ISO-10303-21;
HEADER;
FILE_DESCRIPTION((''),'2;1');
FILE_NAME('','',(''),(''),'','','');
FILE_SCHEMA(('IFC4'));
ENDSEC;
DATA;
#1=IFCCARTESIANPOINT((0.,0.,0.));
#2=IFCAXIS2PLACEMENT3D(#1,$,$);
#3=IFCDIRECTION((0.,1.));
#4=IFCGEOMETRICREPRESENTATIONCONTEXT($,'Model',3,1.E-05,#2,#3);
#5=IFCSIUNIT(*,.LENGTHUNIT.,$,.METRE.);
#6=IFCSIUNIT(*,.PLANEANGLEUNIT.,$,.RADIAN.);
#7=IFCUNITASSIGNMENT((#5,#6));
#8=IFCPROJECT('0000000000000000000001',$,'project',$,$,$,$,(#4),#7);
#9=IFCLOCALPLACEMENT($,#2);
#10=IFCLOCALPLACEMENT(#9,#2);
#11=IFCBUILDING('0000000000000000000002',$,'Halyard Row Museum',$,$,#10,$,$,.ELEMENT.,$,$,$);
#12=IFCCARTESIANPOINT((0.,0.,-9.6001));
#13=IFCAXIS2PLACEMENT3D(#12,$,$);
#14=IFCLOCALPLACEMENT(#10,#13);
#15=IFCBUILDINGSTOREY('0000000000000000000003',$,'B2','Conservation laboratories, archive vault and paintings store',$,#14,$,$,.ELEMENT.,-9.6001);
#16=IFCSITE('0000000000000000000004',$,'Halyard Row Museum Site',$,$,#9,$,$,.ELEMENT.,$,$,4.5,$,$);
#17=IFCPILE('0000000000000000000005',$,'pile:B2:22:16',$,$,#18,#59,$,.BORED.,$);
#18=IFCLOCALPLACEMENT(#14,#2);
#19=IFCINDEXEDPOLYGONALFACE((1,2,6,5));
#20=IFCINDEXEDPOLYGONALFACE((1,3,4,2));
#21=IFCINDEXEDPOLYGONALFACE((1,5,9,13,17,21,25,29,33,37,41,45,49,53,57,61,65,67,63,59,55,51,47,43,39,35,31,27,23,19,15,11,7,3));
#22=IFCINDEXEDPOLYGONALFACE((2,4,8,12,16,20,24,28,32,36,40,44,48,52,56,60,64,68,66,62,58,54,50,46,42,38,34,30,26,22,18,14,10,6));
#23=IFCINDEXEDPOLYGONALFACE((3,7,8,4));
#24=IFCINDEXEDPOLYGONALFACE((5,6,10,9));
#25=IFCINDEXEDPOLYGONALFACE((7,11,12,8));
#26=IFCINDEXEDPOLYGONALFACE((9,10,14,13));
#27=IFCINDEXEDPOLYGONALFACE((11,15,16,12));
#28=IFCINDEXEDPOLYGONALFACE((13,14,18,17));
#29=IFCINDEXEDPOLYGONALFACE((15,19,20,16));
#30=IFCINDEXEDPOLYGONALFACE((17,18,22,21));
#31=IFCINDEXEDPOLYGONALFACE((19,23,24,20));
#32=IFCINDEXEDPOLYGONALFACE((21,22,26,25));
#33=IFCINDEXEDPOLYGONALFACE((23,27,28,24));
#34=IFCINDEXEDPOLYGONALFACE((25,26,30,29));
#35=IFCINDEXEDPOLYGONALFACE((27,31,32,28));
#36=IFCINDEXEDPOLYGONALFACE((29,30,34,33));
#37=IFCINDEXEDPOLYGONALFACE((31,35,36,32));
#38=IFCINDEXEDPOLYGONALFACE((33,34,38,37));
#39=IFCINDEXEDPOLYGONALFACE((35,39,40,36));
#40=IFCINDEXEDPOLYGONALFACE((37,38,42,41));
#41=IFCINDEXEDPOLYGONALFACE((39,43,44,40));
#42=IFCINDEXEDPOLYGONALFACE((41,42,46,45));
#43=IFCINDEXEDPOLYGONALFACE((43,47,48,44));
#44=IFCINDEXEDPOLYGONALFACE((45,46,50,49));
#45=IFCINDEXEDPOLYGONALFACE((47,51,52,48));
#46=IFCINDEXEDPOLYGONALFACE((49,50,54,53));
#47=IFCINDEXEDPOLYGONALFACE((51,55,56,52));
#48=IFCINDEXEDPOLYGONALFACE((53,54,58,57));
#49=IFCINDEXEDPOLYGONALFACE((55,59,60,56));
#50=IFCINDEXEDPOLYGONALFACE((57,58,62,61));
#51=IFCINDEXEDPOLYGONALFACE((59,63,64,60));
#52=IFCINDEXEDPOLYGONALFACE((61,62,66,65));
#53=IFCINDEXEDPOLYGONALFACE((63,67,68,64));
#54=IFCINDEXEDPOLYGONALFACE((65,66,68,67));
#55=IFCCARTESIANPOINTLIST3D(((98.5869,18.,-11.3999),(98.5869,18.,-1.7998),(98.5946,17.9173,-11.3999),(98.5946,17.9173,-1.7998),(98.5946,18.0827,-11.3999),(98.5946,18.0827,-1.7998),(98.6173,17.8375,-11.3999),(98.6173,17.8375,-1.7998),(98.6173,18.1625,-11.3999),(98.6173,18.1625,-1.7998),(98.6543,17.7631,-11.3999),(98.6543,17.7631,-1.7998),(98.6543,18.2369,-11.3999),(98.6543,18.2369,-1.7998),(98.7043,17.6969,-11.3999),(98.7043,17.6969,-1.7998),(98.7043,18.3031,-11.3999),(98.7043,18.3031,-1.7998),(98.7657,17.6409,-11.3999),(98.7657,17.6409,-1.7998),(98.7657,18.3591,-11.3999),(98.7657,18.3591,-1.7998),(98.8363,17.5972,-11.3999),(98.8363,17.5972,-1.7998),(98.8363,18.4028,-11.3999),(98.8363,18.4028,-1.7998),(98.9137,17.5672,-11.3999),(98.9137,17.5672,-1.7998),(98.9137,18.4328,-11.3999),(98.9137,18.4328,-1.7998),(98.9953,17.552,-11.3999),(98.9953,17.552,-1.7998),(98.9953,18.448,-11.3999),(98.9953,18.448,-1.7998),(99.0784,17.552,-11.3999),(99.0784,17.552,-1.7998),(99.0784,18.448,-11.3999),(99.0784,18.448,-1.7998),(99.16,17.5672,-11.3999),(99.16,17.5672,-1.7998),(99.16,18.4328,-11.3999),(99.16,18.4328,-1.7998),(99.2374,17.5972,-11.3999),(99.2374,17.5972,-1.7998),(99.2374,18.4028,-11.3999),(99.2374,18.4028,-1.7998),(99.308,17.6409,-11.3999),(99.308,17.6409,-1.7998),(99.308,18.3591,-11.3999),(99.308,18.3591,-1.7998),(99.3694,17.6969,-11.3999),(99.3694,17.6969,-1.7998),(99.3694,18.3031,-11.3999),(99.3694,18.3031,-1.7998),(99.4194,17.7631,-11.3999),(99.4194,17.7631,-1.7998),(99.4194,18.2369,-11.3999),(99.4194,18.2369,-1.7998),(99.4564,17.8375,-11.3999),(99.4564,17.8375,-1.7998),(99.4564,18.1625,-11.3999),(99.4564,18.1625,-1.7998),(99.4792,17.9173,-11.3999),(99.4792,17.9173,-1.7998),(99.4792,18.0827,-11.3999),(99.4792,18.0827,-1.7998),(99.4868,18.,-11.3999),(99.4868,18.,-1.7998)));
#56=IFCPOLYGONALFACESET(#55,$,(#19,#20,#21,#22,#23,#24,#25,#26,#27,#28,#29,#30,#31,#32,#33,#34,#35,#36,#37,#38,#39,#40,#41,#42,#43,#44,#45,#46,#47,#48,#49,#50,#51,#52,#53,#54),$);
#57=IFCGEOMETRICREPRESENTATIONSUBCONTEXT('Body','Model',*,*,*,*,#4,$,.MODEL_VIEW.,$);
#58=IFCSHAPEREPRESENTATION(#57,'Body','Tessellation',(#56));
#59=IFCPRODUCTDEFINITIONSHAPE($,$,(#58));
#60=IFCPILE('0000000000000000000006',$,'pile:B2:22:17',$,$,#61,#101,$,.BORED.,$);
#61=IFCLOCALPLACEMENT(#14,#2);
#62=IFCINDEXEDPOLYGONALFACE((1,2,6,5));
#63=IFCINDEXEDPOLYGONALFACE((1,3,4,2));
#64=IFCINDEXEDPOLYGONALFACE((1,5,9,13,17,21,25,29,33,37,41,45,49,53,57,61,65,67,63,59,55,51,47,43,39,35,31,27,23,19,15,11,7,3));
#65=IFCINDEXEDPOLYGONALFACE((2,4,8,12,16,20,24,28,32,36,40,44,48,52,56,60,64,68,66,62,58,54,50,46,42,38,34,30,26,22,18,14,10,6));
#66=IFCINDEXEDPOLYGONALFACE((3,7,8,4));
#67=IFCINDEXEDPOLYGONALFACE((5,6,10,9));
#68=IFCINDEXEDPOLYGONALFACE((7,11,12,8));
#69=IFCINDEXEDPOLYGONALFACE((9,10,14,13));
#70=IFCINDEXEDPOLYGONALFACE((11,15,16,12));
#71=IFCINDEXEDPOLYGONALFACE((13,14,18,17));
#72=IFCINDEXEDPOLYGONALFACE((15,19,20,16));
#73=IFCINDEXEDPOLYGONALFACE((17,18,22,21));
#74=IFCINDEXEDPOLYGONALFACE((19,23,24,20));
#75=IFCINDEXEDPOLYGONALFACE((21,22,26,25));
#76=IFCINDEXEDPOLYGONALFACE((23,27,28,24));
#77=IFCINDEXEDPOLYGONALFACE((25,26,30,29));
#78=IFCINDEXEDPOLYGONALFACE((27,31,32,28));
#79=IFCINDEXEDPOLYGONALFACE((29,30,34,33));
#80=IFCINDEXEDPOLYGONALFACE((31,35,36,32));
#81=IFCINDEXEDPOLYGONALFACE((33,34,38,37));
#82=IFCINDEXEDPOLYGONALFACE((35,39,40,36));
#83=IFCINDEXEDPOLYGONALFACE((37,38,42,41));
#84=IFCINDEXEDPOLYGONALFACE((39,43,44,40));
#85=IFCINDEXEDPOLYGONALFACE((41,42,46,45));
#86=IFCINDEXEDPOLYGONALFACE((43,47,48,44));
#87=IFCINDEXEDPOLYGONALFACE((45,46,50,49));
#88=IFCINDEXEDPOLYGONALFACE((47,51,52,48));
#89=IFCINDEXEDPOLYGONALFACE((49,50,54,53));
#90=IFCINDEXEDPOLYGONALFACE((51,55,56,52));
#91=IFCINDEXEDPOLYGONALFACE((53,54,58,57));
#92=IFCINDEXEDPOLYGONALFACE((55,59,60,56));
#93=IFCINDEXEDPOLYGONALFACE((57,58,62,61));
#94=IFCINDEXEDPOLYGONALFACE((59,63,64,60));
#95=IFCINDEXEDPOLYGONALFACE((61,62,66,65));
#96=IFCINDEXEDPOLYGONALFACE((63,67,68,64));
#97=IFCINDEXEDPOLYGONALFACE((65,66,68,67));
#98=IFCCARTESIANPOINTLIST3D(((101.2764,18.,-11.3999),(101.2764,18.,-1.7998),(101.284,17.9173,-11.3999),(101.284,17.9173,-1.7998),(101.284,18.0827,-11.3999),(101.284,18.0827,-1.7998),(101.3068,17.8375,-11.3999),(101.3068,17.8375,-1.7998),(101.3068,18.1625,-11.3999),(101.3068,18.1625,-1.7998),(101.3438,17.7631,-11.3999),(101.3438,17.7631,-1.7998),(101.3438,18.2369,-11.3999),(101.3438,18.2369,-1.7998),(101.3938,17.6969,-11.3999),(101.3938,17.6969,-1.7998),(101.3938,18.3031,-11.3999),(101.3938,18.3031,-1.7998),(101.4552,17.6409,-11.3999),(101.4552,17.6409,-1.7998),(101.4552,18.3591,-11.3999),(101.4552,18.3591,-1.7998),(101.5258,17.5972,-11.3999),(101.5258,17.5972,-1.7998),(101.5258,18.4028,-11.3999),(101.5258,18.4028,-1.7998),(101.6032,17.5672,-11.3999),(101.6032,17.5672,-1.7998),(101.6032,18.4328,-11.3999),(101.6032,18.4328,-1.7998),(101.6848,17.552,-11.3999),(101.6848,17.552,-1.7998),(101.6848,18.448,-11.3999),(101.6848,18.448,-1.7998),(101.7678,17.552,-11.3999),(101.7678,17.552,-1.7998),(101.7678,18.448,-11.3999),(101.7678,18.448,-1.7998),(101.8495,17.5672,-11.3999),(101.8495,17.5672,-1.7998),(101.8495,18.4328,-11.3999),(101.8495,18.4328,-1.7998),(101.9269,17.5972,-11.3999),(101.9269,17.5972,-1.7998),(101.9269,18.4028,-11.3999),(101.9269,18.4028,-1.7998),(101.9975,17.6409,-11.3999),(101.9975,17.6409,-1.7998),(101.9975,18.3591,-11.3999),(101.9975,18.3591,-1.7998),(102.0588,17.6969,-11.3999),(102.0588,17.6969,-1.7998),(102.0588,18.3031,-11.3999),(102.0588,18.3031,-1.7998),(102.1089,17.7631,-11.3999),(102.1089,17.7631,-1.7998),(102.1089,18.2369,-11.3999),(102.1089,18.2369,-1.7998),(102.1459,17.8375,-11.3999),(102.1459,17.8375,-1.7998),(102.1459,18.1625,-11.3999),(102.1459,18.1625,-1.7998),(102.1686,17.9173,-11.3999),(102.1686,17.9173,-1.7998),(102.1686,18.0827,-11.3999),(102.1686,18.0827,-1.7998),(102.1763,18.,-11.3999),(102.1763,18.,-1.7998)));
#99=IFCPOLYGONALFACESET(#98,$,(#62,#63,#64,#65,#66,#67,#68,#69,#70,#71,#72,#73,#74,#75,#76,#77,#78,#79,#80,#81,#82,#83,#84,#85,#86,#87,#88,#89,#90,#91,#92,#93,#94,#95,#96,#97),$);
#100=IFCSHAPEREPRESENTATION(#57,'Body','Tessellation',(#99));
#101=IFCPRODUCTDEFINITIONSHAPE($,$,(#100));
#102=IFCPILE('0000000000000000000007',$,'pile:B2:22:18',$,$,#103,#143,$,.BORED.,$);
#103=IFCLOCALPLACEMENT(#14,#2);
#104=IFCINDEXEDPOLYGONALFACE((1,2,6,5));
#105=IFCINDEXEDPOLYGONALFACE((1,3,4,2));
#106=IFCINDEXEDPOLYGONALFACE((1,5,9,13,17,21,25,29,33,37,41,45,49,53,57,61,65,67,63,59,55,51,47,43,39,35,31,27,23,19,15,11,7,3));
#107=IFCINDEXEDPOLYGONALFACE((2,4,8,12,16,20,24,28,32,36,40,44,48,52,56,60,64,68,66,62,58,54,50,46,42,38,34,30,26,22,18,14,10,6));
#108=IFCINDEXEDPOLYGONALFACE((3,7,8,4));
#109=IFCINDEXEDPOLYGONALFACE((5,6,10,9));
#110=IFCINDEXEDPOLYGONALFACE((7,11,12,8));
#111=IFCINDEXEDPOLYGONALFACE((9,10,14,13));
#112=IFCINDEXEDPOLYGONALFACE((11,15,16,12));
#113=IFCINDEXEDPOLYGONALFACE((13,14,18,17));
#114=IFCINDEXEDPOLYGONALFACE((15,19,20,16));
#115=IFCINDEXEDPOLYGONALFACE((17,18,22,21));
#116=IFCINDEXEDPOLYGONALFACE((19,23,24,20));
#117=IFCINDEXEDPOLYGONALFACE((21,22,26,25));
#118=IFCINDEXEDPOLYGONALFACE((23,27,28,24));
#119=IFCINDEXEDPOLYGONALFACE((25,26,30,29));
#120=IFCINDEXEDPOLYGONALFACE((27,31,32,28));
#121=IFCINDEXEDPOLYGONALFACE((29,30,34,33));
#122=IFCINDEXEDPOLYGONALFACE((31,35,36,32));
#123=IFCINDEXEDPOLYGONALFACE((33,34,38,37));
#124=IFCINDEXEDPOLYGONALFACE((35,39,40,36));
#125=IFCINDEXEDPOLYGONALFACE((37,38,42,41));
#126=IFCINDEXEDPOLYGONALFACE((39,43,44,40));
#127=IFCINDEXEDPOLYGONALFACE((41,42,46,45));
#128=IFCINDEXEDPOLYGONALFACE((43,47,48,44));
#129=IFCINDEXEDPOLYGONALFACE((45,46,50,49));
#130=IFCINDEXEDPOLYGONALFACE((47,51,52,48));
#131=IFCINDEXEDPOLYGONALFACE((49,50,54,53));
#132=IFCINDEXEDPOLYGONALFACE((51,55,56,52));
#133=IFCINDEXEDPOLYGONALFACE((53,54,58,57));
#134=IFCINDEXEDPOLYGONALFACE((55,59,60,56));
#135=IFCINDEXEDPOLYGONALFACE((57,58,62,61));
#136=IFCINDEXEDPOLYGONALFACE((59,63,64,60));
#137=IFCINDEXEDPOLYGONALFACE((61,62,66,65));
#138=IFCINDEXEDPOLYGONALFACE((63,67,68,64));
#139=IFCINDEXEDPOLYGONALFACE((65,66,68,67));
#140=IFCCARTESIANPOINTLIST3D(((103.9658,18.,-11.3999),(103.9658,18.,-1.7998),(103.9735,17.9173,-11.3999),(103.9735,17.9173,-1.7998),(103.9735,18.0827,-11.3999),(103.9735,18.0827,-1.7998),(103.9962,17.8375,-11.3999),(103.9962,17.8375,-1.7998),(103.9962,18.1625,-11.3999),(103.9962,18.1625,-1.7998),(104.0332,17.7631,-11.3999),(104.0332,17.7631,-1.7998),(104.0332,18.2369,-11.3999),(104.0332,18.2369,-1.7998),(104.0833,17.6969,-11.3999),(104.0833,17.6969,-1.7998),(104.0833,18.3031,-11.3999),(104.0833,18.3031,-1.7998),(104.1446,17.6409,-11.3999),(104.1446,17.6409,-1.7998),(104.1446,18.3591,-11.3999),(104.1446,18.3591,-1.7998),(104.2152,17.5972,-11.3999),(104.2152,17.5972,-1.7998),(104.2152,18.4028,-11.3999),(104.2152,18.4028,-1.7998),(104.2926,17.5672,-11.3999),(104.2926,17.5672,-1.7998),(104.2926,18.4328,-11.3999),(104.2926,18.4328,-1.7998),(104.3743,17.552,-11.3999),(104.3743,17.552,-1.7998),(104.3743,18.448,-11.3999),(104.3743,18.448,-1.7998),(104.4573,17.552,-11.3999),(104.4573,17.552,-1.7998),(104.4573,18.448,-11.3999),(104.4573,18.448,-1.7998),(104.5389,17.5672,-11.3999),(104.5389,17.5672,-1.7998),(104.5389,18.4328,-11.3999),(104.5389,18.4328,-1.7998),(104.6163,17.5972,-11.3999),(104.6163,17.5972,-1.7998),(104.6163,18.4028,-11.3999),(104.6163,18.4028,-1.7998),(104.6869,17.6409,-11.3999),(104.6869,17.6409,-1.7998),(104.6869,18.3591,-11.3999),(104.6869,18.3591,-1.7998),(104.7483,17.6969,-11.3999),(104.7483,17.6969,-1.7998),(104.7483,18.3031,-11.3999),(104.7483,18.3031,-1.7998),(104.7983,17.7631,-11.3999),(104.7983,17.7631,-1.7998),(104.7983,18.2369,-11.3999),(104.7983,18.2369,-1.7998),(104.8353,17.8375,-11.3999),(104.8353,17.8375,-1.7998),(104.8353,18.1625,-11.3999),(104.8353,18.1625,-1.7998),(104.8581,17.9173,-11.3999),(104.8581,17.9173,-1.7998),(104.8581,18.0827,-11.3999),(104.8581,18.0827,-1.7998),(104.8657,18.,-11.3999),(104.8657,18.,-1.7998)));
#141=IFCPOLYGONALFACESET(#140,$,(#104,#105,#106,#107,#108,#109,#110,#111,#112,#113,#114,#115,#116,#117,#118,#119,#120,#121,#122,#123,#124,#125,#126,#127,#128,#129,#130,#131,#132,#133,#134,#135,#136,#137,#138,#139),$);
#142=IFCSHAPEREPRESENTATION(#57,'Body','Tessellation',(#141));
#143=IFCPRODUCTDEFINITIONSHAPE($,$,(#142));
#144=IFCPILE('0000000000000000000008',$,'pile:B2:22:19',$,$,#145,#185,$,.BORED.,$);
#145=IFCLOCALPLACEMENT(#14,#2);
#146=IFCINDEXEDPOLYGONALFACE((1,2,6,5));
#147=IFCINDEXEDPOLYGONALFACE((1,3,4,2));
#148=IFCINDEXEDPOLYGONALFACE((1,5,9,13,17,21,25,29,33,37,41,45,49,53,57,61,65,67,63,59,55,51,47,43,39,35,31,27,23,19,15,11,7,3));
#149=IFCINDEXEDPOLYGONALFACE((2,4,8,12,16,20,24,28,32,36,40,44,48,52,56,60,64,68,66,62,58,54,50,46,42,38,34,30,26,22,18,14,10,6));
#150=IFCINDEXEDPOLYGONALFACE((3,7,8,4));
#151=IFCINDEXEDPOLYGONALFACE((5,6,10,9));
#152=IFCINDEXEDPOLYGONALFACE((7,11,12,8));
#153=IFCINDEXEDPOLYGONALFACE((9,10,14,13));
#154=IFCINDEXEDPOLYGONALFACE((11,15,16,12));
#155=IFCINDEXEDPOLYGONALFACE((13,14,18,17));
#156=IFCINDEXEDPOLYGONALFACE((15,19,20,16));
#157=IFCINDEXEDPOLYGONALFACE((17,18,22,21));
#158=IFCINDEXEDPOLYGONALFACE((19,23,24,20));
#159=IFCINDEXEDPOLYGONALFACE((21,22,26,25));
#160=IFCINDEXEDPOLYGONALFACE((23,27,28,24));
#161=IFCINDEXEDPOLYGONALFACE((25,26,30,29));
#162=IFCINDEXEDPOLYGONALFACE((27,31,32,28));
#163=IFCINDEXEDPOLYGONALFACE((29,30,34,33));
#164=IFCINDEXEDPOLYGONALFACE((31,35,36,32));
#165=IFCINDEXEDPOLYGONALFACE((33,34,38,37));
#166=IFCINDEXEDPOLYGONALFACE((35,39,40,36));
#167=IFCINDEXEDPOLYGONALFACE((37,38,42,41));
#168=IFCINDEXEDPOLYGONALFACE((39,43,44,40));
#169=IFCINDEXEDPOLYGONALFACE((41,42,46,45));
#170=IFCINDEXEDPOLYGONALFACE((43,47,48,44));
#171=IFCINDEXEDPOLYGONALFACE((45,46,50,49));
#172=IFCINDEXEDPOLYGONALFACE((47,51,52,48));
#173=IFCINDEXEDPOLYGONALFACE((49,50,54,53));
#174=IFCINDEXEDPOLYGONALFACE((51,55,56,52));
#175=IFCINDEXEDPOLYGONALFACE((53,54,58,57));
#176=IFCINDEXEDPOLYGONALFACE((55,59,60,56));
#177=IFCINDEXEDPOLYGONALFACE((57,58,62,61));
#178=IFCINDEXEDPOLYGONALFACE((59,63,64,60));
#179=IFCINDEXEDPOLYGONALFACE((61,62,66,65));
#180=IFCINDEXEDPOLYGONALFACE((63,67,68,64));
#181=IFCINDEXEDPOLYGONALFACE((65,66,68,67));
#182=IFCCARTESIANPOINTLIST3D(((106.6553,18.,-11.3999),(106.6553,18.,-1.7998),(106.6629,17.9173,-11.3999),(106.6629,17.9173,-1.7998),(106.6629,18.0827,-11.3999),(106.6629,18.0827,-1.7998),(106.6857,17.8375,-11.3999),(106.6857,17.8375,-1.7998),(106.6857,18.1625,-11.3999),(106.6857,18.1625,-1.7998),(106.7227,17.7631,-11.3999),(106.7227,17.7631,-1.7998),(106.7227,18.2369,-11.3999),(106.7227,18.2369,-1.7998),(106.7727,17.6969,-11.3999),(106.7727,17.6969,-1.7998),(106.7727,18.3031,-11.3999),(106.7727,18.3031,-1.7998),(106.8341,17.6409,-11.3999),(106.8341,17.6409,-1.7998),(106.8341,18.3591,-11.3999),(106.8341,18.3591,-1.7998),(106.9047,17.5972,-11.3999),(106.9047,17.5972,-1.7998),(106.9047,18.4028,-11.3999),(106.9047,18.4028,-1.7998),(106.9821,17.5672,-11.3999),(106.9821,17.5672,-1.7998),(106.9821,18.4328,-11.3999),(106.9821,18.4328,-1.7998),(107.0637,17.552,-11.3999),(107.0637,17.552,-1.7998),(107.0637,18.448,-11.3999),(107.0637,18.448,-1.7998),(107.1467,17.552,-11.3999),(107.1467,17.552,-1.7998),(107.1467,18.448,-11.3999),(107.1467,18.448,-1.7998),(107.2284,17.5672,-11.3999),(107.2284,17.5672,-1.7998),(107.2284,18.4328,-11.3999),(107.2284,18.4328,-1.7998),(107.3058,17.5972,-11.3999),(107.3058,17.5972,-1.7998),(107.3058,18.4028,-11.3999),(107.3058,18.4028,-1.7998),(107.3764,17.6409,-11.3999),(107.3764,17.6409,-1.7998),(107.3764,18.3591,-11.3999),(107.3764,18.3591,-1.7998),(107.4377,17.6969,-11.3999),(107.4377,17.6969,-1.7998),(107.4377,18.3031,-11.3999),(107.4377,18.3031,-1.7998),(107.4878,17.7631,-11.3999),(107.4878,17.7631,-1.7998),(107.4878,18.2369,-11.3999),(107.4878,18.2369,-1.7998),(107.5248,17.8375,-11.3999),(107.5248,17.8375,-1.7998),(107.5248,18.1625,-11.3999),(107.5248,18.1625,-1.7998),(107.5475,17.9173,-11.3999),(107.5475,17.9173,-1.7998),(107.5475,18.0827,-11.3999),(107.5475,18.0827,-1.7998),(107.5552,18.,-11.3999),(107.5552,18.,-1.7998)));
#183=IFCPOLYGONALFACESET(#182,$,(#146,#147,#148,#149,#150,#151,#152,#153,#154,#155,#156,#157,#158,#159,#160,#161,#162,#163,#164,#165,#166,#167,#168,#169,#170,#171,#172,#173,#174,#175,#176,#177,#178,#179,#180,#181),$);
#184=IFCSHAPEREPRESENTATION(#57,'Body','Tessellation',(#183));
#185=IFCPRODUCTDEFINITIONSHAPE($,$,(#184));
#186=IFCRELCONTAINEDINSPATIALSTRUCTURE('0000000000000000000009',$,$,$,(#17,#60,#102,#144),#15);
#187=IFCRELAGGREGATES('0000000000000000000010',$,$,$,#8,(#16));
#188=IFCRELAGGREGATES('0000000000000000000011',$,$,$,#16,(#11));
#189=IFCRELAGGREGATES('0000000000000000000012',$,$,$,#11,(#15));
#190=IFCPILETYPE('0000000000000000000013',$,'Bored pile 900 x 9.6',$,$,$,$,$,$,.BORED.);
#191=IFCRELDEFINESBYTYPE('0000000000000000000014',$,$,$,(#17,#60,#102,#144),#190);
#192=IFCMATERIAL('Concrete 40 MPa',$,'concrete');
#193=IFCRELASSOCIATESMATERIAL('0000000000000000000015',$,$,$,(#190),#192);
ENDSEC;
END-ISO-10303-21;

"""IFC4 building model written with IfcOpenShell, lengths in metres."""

from ifc_helpers import new_model, si_unit, direction, frame, origin, origin_2d, place, context, subcontext, project, spatial, circle, extrude, material, material_profile, profile_set, type_object, element, save


model = new_model("IFC4")

# Units and contexts
model_context = context("Model", 3, precision=1e-05, world=origin(), true_north=direction((0.0, 1.0)))
body_context = subcontext(model_context, "Body", "Model", "MODEL_VIEW")
ifc_project = project(units=[si_unit("LENGTHUNIT", "METRE"), si_unit("PLANEANGLEUNIT", "RADIAN")], contexts=[model_context])

# Site, building, storey
site_placement = place(None, origin())
site = spatial("IfcSite", under=ifc_project, at=site_placement, Name="Halyard Row Museum Site", CompositionType="ELEMENT", RefElevation=4.5)
building_placement = place(site_placement, origin())
building = spatial("IfcBuilding", under=site, at=building_placement, Name="Halyard Row Museum", CompositionType="ELEMENT")
storey_placement = place(building_placement, frame((0.0, 0.0, -9.6001)))
storey = spatial("IfcBuildingStorey", under=building, at=storey_placement, Name="B2", Description="Conservation laboratories, archive vault and paintings store", CompositionType="ELEMENT", Elevation=-9.6001)

# Piles
ifc_material_1 = material(Name="Concrete 40 MPa", Category="concrete")
ifc_material_profile_1 = material_profile(ifc_material_1, circle(Radius=0.45, at=origin_2d()), Name="Bored pile 900 x 9.6")
ifc_profile_set_1 = profile_set([ifc_material_profile_1], Name="Concrete 40 MPa")
pile_type_1 = type_object("IfcPileType", Name="Bored pile 900 x 9.6", PredefinedType="BORED", material=ifc_profile_set_1)
for number, where, z_axis, x_axis, name in (
    (1, (99.0369, 18.0, -1.7998), (0.0, 0.0, -1.0), (1.0, 0.0, 0.0), "pile:B2:22:16"),
    (2, (101.7263, 18.0, -1.7998), (0.0, 0.0, -1.0), (1.0, 0.0, 0.0), "pile:B2:22:17"),
    (3, (104.4158, 18.0, -1.7998), (0.0, 0.0, -1.0), (1.0, 0.0, 0.0), "pile:B2:22:18"),
    (4, (107.1052, 18.0, -1.7998), (0.0, 0.0, -1.0), (1.0, 0.0, 0.0), "pile:B2:22:19"),
):
    element("IfcPile", number, at=place(storey_placement, frame(where, z_axis=z_axis, x_axis=x_axis)), inside=storey, type_object=pile_type_1, Name=name, PredefinedType="BORED", context=body_context, shape_type="SweptSolid", body=[
        extrude(circle(Radius=0.45, at=origin_2d()), origin(), (0.0, 0.0, 1.0), 9.6001),
    ])

save(model, "model.ifc")
